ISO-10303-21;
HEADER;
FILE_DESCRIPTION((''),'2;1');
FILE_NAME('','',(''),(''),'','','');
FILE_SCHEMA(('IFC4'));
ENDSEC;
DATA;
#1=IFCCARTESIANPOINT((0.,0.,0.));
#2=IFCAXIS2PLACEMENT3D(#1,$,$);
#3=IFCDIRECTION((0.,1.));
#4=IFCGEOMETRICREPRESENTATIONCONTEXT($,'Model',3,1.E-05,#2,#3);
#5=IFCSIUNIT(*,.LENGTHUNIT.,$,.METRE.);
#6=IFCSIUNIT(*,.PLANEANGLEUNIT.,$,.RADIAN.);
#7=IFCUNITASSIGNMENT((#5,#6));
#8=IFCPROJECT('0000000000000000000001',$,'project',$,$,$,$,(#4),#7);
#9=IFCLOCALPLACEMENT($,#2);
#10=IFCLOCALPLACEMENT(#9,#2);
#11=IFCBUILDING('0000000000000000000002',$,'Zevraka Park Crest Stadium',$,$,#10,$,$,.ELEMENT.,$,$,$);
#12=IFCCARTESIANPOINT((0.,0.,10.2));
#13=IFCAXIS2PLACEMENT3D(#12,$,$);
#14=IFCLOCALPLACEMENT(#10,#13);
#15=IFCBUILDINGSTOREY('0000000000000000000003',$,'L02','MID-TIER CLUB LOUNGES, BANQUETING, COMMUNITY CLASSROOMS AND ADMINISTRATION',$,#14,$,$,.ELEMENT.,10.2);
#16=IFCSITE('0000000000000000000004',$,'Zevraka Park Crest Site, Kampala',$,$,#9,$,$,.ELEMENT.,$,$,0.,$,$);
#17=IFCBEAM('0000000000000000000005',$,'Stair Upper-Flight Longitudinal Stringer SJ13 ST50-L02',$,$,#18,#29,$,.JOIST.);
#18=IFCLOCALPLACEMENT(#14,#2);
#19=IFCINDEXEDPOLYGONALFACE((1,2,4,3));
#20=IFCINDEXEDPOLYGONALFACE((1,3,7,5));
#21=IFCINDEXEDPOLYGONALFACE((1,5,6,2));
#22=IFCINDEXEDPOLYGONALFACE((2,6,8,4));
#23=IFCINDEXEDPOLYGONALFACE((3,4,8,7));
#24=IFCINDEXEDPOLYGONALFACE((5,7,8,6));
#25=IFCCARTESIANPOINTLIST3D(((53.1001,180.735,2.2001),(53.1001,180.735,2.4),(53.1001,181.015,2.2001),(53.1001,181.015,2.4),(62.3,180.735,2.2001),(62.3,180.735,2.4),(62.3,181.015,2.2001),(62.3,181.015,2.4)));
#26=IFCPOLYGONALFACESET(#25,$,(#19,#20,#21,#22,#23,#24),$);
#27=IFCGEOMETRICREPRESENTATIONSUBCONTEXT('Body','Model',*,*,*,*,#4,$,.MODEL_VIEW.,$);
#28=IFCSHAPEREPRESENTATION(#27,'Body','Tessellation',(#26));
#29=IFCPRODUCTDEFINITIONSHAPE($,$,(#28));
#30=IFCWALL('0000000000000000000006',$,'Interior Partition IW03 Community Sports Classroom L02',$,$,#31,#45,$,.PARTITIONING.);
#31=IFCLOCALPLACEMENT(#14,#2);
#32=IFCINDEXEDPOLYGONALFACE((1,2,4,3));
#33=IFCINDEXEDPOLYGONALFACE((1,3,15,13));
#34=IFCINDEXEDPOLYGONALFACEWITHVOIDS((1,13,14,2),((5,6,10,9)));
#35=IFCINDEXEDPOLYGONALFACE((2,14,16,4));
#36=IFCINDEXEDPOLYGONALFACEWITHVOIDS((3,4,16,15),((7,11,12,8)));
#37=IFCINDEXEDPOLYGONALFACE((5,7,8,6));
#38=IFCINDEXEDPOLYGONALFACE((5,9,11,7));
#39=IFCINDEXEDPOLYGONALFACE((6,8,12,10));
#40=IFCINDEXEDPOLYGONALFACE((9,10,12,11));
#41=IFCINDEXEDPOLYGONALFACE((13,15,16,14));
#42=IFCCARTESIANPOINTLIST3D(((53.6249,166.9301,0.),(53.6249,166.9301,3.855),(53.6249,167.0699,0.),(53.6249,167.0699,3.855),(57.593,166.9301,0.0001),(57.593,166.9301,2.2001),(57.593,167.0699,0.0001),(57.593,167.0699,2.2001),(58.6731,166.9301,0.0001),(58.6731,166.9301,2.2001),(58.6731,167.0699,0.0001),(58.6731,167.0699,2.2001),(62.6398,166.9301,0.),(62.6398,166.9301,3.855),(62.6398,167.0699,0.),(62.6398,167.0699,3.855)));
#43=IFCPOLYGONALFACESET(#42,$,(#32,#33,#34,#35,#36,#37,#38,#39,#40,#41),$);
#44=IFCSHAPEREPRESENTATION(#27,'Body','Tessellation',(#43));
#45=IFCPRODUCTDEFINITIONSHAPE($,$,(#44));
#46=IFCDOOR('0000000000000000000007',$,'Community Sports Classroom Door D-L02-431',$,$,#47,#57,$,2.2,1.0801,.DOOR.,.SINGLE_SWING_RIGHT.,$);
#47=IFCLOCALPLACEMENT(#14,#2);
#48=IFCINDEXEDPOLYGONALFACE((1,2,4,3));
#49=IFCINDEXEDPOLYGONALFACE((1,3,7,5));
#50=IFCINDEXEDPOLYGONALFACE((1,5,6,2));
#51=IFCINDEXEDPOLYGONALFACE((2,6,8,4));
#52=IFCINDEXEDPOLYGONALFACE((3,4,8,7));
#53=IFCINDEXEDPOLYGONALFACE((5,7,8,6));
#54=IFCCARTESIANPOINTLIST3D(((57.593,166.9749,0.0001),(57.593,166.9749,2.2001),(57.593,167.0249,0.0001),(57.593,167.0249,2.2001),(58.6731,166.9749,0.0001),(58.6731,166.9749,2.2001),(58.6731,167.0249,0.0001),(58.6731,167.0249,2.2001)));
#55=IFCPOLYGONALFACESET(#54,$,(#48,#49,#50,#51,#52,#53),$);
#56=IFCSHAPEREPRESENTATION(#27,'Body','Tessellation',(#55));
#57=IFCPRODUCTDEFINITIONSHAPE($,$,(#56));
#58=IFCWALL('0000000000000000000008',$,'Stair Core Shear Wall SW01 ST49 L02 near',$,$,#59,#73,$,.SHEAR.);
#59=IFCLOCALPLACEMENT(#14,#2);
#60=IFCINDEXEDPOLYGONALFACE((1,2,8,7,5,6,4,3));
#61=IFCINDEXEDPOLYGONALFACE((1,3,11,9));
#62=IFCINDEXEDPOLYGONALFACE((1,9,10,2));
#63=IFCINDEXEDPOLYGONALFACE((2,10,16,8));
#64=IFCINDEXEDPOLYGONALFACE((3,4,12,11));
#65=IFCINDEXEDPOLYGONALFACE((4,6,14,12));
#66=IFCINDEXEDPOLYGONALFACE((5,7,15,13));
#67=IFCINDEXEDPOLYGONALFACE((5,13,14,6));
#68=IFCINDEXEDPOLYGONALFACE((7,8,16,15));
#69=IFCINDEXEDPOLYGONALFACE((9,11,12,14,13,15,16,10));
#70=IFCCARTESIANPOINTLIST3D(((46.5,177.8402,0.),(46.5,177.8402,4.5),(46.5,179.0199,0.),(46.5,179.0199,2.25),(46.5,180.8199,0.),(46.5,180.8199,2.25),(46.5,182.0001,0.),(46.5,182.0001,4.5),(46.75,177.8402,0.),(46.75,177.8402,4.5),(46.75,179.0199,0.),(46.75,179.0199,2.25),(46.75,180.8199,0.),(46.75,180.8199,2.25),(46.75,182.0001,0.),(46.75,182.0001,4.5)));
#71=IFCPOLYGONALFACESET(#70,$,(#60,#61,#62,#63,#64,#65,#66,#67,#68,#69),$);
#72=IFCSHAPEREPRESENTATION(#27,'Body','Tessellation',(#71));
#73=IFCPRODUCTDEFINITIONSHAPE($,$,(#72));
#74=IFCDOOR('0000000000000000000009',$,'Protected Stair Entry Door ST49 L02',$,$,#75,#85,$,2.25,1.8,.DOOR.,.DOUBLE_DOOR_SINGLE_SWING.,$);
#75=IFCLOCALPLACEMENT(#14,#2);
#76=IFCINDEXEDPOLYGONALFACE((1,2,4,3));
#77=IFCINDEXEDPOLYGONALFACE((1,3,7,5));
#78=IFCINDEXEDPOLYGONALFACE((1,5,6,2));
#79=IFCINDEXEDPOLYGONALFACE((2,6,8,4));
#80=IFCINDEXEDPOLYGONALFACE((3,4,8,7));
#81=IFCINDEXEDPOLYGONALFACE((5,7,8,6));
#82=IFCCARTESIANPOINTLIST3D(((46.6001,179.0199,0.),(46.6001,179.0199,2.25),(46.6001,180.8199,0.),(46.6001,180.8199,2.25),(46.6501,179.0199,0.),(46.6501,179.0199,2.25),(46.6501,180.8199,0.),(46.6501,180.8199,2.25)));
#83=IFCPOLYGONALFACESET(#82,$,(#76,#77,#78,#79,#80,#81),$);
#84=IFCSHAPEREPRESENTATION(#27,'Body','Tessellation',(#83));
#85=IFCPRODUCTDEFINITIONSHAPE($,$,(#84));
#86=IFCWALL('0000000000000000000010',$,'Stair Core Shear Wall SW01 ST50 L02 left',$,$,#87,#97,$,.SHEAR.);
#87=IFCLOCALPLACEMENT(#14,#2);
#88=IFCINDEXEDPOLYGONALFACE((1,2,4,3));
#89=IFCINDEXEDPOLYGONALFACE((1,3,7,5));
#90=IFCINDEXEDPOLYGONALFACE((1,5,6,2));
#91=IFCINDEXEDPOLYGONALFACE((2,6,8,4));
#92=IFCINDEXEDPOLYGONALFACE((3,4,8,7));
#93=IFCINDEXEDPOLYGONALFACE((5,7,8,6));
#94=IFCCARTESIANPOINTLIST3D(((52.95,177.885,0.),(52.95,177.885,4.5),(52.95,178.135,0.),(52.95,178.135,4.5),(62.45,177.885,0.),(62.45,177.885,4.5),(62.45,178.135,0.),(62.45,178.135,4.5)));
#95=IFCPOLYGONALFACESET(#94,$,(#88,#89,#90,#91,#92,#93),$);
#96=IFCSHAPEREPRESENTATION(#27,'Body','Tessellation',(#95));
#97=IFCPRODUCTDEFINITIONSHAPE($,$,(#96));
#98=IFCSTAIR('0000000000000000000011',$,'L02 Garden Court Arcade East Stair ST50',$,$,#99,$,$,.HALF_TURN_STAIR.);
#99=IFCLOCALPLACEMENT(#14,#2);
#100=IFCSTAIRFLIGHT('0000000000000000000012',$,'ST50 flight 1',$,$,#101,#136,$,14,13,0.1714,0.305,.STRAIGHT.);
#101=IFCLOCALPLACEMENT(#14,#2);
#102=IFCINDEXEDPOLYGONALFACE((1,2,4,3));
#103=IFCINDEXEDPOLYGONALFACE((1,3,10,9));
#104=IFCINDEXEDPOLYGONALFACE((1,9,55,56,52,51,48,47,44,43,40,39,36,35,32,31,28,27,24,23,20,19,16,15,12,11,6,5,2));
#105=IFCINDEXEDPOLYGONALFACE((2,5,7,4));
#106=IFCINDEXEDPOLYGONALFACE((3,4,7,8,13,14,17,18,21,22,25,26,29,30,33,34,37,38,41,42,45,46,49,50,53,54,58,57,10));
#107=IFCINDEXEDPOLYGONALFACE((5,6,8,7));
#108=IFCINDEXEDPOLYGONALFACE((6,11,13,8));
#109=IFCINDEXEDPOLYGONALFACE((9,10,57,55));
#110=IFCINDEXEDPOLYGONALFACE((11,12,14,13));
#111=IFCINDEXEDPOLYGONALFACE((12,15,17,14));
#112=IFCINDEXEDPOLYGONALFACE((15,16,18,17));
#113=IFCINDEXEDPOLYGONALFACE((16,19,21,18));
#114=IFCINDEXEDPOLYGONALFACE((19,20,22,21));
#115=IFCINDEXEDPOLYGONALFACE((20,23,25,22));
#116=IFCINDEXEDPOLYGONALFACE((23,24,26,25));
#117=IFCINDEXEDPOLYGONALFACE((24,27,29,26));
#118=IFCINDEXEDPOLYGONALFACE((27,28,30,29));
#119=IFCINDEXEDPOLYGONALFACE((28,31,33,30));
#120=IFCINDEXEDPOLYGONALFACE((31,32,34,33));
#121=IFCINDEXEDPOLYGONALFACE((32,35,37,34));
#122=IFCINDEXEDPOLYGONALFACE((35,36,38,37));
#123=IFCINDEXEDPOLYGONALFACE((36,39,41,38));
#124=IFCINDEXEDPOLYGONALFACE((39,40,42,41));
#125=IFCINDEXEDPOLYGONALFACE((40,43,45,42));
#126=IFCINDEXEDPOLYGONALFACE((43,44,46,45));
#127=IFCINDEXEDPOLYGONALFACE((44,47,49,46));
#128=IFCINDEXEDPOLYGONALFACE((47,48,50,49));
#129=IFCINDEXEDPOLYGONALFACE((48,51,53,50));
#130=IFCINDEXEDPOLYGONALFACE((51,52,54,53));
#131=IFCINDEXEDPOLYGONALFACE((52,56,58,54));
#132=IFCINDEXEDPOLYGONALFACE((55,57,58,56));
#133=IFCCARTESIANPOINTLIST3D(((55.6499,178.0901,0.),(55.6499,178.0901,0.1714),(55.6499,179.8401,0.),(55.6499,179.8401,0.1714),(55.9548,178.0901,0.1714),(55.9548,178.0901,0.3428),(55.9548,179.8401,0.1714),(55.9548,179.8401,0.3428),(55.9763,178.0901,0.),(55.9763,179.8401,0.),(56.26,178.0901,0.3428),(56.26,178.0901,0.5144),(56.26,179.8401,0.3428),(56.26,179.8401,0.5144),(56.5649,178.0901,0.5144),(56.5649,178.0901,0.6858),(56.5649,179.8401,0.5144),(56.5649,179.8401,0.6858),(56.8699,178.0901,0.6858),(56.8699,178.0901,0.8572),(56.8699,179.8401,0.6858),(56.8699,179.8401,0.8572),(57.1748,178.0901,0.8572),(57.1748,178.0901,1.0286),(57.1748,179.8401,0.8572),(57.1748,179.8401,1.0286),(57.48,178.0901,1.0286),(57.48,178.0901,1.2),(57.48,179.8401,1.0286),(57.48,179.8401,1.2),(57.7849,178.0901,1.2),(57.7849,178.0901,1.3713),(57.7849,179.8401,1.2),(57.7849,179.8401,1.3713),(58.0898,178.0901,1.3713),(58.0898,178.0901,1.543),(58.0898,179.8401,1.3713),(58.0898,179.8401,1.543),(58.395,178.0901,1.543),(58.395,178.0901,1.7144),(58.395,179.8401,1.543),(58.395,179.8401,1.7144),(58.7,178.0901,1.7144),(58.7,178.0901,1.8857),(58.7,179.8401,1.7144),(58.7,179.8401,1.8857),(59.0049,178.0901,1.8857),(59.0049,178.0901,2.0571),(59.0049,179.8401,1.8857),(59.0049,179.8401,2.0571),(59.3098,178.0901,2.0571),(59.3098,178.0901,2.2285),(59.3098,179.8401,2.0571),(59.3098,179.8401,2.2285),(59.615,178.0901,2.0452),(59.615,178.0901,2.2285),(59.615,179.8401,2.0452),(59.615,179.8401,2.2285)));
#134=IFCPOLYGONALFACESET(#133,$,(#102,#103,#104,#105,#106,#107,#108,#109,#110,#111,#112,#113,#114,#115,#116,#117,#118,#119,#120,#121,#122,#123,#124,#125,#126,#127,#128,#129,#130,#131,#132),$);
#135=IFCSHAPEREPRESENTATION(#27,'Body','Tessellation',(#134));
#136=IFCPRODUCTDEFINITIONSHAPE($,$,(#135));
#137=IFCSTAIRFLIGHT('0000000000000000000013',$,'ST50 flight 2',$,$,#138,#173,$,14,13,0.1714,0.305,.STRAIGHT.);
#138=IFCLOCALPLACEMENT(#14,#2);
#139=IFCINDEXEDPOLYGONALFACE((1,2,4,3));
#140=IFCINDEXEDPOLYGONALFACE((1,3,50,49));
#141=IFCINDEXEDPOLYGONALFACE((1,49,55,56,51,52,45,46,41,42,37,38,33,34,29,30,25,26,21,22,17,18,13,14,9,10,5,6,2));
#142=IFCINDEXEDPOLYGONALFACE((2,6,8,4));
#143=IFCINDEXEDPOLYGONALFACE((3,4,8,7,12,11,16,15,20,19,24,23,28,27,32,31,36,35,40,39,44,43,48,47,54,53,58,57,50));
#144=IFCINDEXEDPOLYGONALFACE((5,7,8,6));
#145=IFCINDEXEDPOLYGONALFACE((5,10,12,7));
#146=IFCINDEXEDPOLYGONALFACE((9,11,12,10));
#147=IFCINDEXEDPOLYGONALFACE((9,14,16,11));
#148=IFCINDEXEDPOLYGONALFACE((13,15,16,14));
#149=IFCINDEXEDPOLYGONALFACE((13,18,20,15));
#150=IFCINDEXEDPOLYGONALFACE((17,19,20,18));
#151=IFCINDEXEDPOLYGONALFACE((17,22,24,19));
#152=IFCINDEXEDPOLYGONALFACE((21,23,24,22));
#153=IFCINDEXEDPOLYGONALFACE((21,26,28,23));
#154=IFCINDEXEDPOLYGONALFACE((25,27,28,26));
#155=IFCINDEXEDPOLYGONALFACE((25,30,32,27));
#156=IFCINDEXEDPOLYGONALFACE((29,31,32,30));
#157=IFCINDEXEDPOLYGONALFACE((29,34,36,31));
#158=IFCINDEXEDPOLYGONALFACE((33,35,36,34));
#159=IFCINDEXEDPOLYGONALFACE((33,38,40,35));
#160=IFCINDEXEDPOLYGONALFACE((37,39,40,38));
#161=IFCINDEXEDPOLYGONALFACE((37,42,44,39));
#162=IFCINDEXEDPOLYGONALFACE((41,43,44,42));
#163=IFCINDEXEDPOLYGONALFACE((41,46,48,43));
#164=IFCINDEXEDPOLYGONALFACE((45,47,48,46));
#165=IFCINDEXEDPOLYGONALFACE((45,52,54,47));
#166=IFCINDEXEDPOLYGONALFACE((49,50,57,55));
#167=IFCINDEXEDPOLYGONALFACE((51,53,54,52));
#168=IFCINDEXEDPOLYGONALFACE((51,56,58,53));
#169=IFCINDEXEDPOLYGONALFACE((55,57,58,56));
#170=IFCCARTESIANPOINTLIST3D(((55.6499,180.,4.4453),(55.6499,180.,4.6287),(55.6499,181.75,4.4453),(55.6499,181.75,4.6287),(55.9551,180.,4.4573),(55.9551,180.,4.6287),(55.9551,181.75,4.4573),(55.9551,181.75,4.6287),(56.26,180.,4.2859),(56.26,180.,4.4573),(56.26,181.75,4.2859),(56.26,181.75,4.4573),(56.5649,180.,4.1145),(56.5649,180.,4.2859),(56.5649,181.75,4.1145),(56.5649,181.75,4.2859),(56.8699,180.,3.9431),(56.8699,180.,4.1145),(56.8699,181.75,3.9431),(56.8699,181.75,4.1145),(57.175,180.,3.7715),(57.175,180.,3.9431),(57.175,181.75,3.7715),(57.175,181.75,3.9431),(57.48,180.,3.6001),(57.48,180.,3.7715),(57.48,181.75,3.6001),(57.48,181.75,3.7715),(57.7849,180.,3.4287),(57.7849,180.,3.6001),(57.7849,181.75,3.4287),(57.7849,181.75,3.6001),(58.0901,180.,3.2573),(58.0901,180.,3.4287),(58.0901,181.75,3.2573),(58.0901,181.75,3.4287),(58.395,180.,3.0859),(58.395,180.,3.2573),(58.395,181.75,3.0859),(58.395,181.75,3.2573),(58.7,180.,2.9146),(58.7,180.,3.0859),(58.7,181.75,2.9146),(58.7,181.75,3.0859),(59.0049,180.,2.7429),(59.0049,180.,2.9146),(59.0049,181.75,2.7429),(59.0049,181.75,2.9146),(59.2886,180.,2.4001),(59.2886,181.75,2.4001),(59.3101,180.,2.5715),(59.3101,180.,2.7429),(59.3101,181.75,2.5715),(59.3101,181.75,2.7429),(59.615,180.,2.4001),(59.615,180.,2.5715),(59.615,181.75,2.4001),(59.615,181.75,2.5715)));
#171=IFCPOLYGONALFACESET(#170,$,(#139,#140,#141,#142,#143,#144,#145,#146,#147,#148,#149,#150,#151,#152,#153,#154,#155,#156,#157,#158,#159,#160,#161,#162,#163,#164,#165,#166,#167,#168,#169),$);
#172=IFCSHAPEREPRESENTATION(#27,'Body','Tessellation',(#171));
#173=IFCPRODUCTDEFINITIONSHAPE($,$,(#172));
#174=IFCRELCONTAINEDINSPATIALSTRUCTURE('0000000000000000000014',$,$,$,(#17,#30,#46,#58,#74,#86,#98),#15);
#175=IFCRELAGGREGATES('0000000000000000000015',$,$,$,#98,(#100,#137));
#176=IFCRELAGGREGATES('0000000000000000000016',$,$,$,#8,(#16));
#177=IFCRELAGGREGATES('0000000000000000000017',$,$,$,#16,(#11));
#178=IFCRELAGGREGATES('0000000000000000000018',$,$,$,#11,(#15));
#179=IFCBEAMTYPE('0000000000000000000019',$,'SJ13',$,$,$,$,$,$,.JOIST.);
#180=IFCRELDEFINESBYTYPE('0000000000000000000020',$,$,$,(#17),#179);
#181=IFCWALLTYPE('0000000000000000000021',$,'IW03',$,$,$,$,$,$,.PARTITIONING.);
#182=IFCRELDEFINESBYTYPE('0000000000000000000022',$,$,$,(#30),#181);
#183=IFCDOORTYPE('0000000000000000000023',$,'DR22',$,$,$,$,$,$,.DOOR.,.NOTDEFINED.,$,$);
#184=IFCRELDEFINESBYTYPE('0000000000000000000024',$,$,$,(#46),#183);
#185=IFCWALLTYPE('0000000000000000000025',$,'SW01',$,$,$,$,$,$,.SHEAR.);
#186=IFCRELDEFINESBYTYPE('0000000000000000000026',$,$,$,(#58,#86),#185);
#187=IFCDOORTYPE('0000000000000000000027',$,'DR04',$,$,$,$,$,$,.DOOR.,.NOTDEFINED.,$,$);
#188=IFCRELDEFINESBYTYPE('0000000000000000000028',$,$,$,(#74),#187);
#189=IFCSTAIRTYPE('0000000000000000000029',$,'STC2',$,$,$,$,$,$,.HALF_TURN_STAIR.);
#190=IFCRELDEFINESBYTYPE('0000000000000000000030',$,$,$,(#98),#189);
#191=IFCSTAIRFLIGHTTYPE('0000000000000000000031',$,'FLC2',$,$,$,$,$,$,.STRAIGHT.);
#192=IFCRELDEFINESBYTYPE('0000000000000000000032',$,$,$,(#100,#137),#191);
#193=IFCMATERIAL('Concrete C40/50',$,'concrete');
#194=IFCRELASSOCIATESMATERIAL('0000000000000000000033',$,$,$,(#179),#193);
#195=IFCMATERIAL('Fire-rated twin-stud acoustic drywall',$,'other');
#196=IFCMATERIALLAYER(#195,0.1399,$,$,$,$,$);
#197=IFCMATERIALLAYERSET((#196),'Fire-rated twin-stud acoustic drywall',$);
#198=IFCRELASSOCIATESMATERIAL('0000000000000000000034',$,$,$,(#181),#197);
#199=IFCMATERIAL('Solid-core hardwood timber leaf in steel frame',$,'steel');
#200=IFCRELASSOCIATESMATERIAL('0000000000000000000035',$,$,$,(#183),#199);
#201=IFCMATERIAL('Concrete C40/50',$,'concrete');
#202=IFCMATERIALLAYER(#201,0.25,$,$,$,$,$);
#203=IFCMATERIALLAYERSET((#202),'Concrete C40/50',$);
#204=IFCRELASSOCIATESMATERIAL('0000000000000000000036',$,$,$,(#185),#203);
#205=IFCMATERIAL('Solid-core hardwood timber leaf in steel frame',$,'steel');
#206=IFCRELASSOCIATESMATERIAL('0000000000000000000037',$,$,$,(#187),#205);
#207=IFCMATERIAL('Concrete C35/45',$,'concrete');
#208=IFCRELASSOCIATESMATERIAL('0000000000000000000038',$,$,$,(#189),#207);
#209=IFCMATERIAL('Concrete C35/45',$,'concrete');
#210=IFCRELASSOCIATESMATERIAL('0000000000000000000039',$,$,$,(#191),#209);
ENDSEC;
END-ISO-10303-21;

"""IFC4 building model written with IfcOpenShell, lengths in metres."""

from ifc_helpers import new_model, si_unit, direction, frame, frame_2d, origin, origin_2d, place, context, subcontext, project, spatial, polyline, rectangle, outline, extrude, material, layer, layer_set, material_profile, profile_set, type_object, element, fill, aggregate, save


model = new_model("IFC4")

# Units and contexts
model_context = context("Model", 3, precision=1e-05, world=origin(), true_north=direction((0.0, 1.0)))
body_context = subcontext(model_context, "Body", "Model", "MODEL_VIEW")
ifc_project = project(units=[si_unit("LENGTHUNIT", "METRE"), si_unit("PLANEANGLEUNIT", "RADIAN")], contexts=[model_context])

# Site, building, storey
site_placement = place(None, origin())
site = spatial("IfcSite", under=ifc_project, at=site_placement, Name="Zevraka Park Crest Site, Kampala", CompositionType="ELEMENT", RefElevation=0.0)
building_placement = place(site_placement, origin())
building = spatial("IfcBuilding", under=site, at=building_placement, Name="Zevraka Park Crest Stadium", CompositionType="ELEMENT")
storey_placement = place(building_placement, frame((0.0, 0.0, 10.2)))
storey = spatial("IfcBuildingStorey", under=building, at=storey_placement, Name="L02", Description="MID-TIER CLUB LOUNGES, BANQUETING, COMMUNITY CLASSROOMS AND ADMINISTRATION", CompositionType="ELEMENT", Elevation=10.2)

# Beam
ifc_material_1 = material(Name="Concrete C40/50", Category="concrete")
ifc_material_profile_1 = material_profile(ifc_material_1, rectangle(XDim=0.28, YDim=0.2, at=origin_2d()), Name="RC 200x280")
ifc_profile_set_1 = profile_set([ifc_material_profile_1], Name="Concrete C40/50")
beam_type_1 = type_object("IfcBeamType", Name="SJ13", PredefinedType="JOIST", material=ifc_profile_set_1)
beam_1_placement = place(storey_placement, frame((53.1001, 180.875, 2.3), z_axis=(1.0, 0.0, 0.0), x_axis=(0.0, 1.0, 0.0)))
element("IfcBeam", 1, at=beam_1_placement, inside=storey, type_object=beam_type_1, Name="Stair Upper-Flight Longitudinal Stringer SJ13 ST50-L02", PredefinedType="JOIST", context=body_context, shape_type="SweptSolid", body=[
    extrude(rectangle(XDim=0.28, YDim=0.2, at=origin_2d()), origin(), (0.0, 0.0, 1.0), 9.2),
])

# Walls, openings, doors
ifc_material_2 = material(Name="Fire-rated twin-stud acoustic drywall", Category="other")
ifc_layer_1 = layer(ifc_material_2, 0.1399)
ifc_layer_set_1 = layer_set([ifc_layer_1], Name="Fire-rated twin-stud acoustic drywall")
wall_type_1 = type_object("IfcWallType", Name="IW03", PredefinedType="PARTITIONING", material=ifc_layer_set_1)
wall_1_placement = place(storey_placement, frame((53.625, 167.0, 0.0), z_axis=(0.0, 0.0, 1.0), x_axis=(1.0, 0.0, 0.0)))
wall_1 = element("IfcWall", 2, at=wall_1_placement, inside=storey, type_object=wall_type_1, Name="Interior Partition IW03 Community Sports Classroom L02", PredefinedType="PARTITIONING", context=body_context, shape_type="SweptSolid", body=[
    extrude(rectangle(XDim=9.0149, YDim=0.1399, at=frame_2d((4.5073, 0.0))), origin(), (0.0, 0.0, 1.0), 3.855),
])
opening_1_placement = place(wall_1_placement, frame((3.968, 0.0, 0.0)))
opening_1 = element("IfcOpeningElement", 3, at=opening_1_placement, cuts=wall_1, PredefinedType="OPENING", context=body_context, shape_type="SweptSolid", body=[
    extrude(rectangle(XDim=1.0801, YDim=2.2, at=frame_2d((0.54, 1.1001))), frame((0.0, 0.0798, 0.0), z_axis=(0.0, -1.0, 0.0), x_axis=(1.0, 0.0, 0.0)), (0.0, 0.0, 1.0), 0.1599),
])
ifc_material_3 = material(Name="Solid-core hardwood timber leaf in steel frame", Category="steel")
door_type_1 = type_object("IfcDoorType", Name="DR22", OperationType="NOTDEFINED", PredefinedType="DOOR", material=ifc_material_3)
door_1_placement = place(opening_1_placement, origin())
door_1 = element("IfcDoor", 4, at=door_1_placement, inside=storey, type_object=door_type_1, Name="Community Sports Classroom Door D-L02-431", OperationType="SINGLE_SWING_RIGHT", OverallHeight=2.2, OverallWidth=1.0801, PredefinedType="DOOR", context=body_context, shape_type="SweptSolid", body=[
    extrude(rectangle(XDim=1.0801, YDim=2.2, at=frame_2d((0.54, 1.1001))), frame((0.0, 0.0249, 0.0), z_axis=(0.0, -1.0, 0.0), x_axis=(1.0, 0.0, 0.0)), (0.0, 0.0, 1.0), 0.05),
])
fill(opening_1, door_1)
ifc_material_4 = material(Name="Concrete C40/50", Category="concrete")
ifc_layer_2 = layer(ifc_material_4, 0.25)
ifc_layer_set_2 = layer_set([ifc_layer_2], Name="Concrete C40/50")
wall_type_2 = type_object("IfcWallType", Name="SW01", PredefinedType="SHEAR", material=ifc_layer_set_2)
wall_2_placement = place(storey_placement, frame((46.625, 177.8401, 0.0), z_axis=(0.0, 0.0, 1.0), x_axis=(0.0, 1.0, 0.0)))
wall_2 = element("IfcWall", 5, at=wall_2_placement, inside=storey, type_object=wall_type_2, Name="Stair Core Shear Wall SW01 ST49 L02 near", PredefinedType="SHEAR", context=body_context, shape_type="SweptSolid", body=[
    extrude(rectangle(XDim=4.1599, YDim=0.25, at=frame_2d((2.0801, 0.0))), origin(), (0.0, 0.0, 1.0), 4.5),
])
opening_2_placement = place(wall_2_placement, frame((1.1799, 0.0, 0.0)))
opening_2 = element("IfcOpeningElement", 6, at=opening_2_placement, cuts=wall_2, PredefinedType="OPENING", context=body_context, shape_type="SweptSolid", body=[
    extrude(rectangle(XDim=1.8, YDim=2.25, at=frame_2d((0.8999, 1.125))), frame((0.0, 0.135, 0.0), z_axis=(0.0, -1.0, 0.0), x_axis=(1.0, 0.0, 0.0)), (0.0, 0.0, 1.0), 0.27),
])
ifc_material_5 = material(Name="Solid-core hardwood timber leaf in steel frame", Category="steel")
door_type_2 = type_object("IfcDoorType", Name="DR04", OperationType="NOTDEFINED", PredefinedType="DOOR", material=ifc_material_5)
door_2_placement = place(opening_2_placement, origin())
door_2 = element("IfcDoor", 7, at=door_2_placement, inside=storey, type_object=door_type_2, Name="Protected Stair Entry Door ST49 L02", OperationType="DOUBLE_DOOR_SINGLE_SWING", OverallHeight=2.25, OverallWidth=1.8, PredefinedType="DOOR", context=body_context, shape_type="SweptSolid", body=[
    extrude(rectangle(XDim=1.8, YDim=2.25, at=frame_2d((0.8999, 1.125))), frame((0.0, 0.0249, 0.0), z_axis=(0.0, -1.0, 0.0), x_axis=(1.0, 0.0, 0.0)), (0.0, 0.0, 1.0), 0.05),
])
fill(opening_2, door_2)

# Wall
wall_3_placement = place(storey_placement, frame((52.95, 178.01, 0.0), z_axis=(0.0, 0.0, 1.0), x_axis=(1.0, 0.0, 0.0)))
element("IfcWall", 8, at=wall_3_placement, inside=storey, type_object=wall_type_2, Name="Stair Core Shear Wall SW01 ST50 L02 left", PredefinedType="SHEAR", context=body_context, shape_type="SweptSolid", body=[
    extrude(rectangle(XDim=9.5, YDim=0.25, at=frame_2d((4.75, 0.0))), origin(), (0.0, 0.0, 1.0), 4.5),
])

# Stair, stair flights
ifc_material_6 = material(Name="Concrete C35/45", Category="concrete")
stair_type = type_object("IfcStairType", Name="STC2", PredefinedType="HALF_TURN_STAIR", material=ifc_material_6)
stair_placement = place(storey_placement, origin())
stair = element("IfcStair", 9, at=stair_placement, inside=storey, type_object=stair_type, Name="L02 Garden Court Arcade East Stair ST50", PredefinedType="HALF_TURN_STAIR")
ifc_material_7 = material(Name="Concrete C35/45", Category="concrete")
stair_flight_type = type_object("IfcStairFlightType", Name="FLC2", PredefinedType="STRAIGHT", material=ifc_material_7)
stair_flight_1_placement = place(storey_placement, frame((55.6499, 178.9651, 0.0), z_axis=(0.0, 0.0, 1.0), x_axis=(1.0, 0.0, 0.0)))
stair_flight_1 = element("IfcStairFlight", 10, at=stair_flight_1_placement, type_object=stair_flight_type, Name="ST50 flight 1", NumberOfRisers=14, NumberOfTreads=13, PredefinedType="STRAIGHT", RiserHeight=0.1714, TreadLength=0.305, context=body_context, shape_type="SweptSolid", body=[
    extrude(outline(polyline([(0.0, 0.0), (0.0, 0.1714), (0.3049, 0.1714), (0.3049, 0.3428), (0.6101, 0.3428), (0.6101, 0.5144), (0.915, 0.5144), (0.915, 0.6858), (1.22, 0.6858), (1.22, 0.8572), (1.5249, 0.8572), (1.5249, 1.0286), (1.8301, 1.0286), (1.8301, 1.2), (2.135, 1.2), (2.135, 1.3713), (2.4399, 1.3713), (2.4399, 1.543), (2.7451, 1.543), (2.7451, 1.7144), (3.05, 1.7144), (3.05, 1.8857), (3.355, 1.8857), (3.355, 2.0571), (3.6599, 2.0571), (3.6599, 2.2285), (3.9651, 2.2285), (3.9651, 2.3999), (3.9651, 2.0452), (0.3264, 0.0), (0.0, 0.0)])), frame((0.0, 0.875, 0.0), z_axis=(0.0, -1.0, 0.0), x_axis=(1.0, 0.0, 0.0)), (0.0, 0.0, 1.0), 1.75),
])
stair_flight_2_placement = place(storey_placement, frame((59.615, 180.875, 2.4001), z_axis=(0.0, 0.0, 1.0), x_axis=(-1.0, 0.0, 0.0)))
stair_flight_2 = element("IfcStairFlight", 11, at=stair_flight_2_placement, type_object=stair_flight_type, Name="ST50 flight 2", NumberOfRisers=14, NumberOfTreads=13, PredefinedType="STRAIGHT", RiserHeight=0.1714, TreadLength=0.305, context=body_context, shape_type="SweptSolid", body=[
    extrude(outline(polyline([(0.0, 0.0), (0.0, 0.1714), (0.3049, 0.1714), (0.3049, 0.3428), (0.6101, 0.3428), (0.6101, 0.5144), (0.915, 0.5144), (0.915, 0.6858), (1.22, 0.6858), (1.22, 0.8572), (1.5249, 0.8572), (1.5249, 1.0286), (1.8301, 1.0286), (1.8301, 1.2), (2.135, 1.2), (2.135, 1.3713), (2.4399, 1.3713), (2.4399, 1.543), (2.7451, 1.543), (2.7451, 1.7144), (3.05, 1.7144), (3.05, 1.8857), (3.355, 1.8857), (3.355, 2.0571), (3.6599, 2.0571), (3.6599, 2.2285), (3.9651, 2.2285), (3.9651, 2.3999), (3.9651, 2.0452), (0.3264, 0.0), (0.0, 0.0)])), frame((0.0, 0.875, 0.0), z_axis=(0.0, -1.0, 0.0), x_axis=(1.0, 0.0, 0.0)), (0.0, 0.0, 1.0), 1.75),
])
aggregate(stair, [stair_flight_1, stair_flight_2])

save(model, "model.ifc")
